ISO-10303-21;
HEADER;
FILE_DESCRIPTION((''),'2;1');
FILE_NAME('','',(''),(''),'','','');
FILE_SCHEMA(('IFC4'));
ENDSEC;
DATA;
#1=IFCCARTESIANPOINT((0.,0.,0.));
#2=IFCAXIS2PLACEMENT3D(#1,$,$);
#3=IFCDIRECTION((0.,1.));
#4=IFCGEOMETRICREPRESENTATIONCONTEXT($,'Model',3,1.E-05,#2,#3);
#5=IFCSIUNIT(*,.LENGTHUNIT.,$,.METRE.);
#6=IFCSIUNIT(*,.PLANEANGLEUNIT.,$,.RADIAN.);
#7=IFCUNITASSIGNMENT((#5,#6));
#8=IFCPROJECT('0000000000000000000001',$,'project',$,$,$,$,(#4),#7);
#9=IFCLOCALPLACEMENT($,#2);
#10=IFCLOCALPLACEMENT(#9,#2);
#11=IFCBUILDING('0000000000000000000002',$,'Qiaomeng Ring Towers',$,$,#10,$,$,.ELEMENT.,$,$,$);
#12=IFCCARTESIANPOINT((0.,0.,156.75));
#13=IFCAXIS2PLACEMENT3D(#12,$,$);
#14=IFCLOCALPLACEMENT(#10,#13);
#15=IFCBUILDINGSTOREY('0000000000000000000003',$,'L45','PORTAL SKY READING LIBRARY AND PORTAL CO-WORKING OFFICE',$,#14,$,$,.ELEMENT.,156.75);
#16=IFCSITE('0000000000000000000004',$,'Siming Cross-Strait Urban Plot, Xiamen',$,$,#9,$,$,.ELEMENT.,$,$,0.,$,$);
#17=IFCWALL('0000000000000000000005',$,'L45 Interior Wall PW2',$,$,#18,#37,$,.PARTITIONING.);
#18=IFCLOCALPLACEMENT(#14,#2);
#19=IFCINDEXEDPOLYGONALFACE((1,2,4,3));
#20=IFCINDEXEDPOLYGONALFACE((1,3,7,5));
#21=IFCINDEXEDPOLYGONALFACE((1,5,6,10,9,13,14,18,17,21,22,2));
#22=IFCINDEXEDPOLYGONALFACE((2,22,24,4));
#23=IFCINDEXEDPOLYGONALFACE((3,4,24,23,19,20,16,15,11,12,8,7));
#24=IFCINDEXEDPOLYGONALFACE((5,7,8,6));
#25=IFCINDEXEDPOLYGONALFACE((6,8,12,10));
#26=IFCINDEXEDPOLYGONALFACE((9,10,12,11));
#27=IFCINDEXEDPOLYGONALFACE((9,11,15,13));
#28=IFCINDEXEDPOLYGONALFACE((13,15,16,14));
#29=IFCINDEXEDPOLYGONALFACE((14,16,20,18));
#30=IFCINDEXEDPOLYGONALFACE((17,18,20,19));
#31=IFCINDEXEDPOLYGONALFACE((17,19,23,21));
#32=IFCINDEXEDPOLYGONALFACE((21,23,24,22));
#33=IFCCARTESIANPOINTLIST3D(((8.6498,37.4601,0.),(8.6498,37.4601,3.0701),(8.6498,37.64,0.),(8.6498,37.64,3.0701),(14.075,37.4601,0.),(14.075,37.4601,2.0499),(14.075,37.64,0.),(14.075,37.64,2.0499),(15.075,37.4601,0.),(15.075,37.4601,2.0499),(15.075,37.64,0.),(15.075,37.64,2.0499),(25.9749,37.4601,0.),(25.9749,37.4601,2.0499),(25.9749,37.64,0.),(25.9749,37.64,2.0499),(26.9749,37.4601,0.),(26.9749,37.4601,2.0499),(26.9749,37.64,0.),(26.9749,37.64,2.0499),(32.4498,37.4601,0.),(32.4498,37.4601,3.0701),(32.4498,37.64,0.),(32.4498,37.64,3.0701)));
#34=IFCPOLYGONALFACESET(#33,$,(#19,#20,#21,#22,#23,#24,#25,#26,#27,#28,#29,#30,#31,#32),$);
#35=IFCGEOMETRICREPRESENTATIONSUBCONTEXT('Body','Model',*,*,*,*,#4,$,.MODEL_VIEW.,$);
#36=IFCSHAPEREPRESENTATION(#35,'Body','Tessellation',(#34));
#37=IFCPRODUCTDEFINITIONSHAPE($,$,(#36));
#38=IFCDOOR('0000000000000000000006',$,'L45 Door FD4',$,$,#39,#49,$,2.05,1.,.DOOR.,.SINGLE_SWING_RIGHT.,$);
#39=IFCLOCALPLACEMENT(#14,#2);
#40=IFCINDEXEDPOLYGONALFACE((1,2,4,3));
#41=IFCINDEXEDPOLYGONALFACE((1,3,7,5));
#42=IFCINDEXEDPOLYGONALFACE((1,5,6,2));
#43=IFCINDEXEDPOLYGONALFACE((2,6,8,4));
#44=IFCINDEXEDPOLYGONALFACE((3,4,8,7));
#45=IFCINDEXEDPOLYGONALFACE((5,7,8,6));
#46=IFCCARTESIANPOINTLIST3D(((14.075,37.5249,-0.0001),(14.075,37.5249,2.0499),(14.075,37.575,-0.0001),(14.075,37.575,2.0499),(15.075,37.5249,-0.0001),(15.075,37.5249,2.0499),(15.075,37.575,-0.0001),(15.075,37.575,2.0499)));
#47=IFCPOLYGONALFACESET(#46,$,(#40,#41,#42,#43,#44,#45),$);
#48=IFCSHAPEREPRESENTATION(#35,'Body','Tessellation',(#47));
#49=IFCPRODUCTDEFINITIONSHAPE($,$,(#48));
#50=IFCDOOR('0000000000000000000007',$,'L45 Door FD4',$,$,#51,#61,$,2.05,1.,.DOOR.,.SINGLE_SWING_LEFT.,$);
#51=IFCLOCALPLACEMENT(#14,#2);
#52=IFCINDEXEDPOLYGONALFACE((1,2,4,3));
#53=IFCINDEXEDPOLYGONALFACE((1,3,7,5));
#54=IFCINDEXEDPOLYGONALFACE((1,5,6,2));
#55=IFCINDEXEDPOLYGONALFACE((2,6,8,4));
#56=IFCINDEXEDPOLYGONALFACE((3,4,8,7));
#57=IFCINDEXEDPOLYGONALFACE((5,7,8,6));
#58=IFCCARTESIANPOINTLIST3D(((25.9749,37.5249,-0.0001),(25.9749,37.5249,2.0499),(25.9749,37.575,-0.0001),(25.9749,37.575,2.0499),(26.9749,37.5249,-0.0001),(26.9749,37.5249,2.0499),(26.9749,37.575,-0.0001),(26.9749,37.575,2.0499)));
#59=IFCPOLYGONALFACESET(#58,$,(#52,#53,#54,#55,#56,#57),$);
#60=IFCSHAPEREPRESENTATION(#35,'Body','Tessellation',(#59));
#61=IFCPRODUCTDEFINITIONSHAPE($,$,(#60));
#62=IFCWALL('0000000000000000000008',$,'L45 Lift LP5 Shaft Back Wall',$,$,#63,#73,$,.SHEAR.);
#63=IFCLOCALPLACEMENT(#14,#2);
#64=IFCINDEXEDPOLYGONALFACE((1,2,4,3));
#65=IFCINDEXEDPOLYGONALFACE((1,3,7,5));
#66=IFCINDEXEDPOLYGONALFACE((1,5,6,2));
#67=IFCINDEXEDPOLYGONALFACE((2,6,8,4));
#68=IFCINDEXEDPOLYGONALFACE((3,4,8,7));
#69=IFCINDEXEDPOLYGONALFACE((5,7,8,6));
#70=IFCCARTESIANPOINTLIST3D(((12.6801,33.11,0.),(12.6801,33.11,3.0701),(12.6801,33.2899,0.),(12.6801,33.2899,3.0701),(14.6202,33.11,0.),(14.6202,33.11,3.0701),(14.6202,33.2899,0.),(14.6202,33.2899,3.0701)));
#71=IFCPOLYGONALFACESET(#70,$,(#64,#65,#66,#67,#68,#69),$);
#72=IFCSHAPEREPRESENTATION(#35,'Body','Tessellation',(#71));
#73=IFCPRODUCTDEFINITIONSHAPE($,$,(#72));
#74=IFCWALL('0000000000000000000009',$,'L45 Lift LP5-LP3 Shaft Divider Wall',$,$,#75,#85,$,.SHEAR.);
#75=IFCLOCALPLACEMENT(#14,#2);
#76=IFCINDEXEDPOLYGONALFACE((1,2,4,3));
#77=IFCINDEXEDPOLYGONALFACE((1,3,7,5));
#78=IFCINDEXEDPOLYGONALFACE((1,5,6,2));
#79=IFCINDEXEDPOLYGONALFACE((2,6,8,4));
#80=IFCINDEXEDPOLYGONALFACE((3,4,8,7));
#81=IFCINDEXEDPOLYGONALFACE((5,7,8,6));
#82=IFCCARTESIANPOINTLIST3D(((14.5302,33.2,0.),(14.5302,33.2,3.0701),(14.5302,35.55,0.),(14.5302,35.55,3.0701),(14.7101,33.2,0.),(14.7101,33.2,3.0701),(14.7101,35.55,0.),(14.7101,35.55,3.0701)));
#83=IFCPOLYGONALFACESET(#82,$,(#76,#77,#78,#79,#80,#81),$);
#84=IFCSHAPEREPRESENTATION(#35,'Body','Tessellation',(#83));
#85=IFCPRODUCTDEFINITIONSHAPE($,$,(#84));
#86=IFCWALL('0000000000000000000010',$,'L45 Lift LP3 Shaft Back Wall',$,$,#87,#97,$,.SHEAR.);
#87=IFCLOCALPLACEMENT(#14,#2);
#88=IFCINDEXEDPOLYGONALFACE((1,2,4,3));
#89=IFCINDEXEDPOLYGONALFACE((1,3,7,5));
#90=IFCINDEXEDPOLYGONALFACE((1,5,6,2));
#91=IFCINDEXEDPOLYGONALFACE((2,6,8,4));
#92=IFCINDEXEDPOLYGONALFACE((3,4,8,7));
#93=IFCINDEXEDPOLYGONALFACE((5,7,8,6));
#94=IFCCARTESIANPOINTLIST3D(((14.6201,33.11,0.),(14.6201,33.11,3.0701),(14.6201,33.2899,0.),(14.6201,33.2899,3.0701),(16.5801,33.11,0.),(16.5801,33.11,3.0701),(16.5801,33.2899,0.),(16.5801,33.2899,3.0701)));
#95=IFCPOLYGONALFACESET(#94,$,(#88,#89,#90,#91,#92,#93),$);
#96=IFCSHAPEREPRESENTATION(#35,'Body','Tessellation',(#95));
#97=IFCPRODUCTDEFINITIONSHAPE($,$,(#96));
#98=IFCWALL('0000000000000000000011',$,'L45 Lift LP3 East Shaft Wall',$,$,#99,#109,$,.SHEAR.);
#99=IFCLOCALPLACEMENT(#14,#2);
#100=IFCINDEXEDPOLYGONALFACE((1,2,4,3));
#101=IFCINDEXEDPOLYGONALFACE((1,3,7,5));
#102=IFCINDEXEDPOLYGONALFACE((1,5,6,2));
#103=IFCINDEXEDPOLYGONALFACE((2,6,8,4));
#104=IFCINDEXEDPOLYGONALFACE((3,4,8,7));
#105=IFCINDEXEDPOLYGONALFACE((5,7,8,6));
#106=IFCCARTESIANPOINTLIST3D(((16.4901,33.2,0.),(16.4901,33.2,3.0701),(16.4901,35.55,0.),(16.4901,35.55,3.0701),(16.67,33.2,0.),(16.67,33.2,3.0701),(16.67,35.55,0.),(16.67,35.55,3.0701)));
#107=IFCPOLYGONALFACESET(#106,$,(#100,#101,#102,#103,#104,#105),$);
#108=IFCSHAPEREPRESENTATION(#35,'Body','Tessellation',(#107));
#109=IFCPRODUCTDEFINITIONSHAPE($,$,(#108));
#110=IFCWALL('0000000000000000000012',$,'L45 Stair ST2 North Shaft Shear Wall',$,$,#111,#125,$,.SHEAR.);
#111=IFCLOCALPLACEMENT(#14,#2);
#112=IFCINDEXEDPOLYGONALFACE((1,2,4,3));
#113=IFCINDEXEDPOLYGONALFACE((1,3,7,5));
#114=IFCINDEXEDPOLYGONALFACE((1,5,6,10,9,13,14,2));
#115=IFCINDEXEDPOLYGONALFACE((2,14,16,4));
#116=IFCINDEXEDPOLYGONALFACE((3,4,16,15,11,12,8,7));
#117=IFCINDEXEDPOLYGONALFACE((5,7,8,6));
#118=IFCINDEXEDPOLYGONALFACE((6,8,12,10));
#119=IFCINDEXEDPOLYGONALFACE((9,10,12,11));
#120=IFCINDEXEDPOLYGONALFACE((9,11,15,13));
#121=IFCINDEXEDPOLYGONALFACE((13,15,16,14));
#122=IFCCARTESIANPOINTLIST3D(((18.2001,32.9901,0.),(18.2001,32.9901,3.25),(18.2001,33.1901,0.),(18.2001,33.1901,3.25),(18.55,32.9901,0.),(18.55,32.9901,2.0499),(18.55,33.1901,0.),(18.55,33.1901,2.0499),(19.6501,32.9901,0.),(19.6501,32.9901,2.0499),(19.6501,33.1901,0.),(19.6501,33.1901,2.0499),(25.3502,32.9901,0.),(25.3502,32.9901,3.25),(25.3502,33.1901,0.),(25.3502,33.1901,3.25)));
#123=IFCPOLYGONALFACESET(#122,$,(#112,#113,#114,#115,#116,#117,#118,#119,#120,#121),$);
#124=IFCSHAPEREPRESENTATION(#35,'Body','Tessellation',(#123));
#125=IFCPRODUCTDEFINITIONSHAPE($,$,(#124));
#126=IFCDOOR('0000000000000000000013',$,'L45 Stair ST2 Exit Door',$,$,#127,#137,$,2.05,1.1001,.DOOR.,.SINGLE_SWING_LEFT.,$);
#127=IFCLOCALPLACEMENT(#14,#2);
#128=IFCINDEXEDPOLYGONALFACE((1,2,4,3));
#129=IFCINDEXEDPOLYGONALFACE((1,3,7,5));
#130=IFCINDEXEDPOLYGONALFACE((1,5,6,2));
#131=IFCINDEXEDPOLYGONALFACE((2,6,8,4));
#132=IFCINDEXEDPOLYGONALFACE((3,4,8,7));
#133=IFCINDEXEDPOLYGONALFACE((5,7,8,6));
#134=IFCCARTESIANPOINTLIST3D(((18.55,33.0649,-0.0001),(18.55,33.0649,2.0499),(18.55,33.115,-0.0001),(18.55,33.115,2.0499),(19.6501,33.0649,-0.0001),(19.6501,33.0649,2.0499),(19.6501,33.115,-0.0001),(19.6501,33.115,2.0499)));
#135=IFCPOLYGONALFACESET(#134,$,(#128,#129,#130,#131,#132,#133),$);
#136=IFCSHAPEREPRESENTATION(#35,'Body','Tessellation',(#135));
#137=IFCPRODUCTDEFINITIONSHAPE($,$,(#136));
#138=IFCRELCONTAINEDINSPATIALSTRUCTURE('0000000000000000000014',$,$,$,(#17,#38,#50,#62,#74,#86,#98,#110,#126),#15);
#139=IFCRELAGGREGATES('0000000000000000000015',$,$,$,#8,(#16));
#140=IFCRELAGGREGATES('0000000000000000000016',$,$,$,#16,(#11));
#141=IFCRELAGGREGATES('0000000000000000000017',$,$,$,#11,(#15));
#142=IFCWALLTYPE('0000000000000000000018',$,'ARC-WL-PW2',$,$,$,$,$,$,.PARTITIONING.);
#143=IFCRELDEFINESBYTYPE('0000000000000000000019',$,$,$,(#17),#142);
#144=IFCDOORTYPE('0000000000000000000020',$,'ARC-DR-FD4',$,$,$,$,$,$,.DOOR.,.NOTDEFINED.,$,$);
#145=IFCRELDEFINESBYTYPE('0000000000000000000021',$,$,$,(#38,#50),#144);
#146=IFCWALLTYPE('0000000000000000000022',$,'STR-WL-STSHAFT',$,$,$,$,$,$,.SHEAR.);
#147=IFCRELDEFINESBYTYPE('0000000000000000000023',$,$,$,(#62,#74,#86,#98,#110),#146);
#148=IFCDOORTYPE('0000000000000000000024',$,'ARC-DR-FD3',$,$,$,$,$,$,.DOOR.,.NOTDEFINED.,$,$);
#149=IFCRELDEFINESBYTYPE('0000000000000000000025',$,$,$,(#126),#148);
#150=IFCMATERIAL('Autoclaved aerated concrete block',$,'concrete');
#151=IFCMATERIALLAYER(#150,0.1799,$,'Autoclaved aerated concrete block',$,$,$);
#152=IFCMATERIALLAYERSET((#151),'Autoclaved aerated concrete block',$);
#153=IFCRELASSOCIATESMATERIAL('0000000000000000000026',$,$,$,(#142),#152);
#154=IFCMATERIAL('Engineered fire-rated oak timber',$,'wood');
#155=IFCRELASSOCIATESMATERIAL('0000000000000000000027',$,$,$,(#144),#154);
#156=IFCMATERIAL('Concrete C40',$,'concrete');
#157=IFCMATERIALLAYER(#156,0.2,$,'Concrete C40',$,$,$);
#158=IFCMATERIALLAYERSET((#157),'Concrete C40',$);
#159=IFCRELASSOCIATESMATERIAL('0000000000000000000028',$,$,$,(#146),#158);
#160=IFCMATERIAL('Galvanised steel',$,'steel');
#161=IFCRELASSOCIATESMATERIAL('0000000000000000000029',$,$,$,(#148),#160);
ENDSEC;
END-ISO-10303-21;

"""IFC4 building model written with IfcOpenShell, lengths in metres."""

from ifc_helpers import new_model, si_unit, direction, frame, frame_2d, origin, place, context, subcontext, project, spatial, rectangle, extrude, source, transform, mapped, material, layer, layer_set, type_object, element, fill, save


model = new_model("IFC4")

# Units and contexts
model_context = context("Model", 3, precision=1e-05, world=origin(), true_north=direction((0.0, 1.0)))
body_context = subcontext(model_context, "Body", "Model", "MODEL_VIEW")
ifc_project = project(units=[si_unit("LENGTHUNIT", "METRE"), si_unit("PLANEANGLEUNIT", "RADIAN")], contexts=[model_context])

# Site, building, storey
site_placement = place(None, origin())
site = spatial("IfcSite", under=ifc_project, at=site_placement, Name="Siming Cross-Strait Urban Plot, Xiamen", CompositionType="ELEMENT", RefElevation=0.0)
building_placement = place(site_placement, origin())
building = spatial("IfcBuilding", under=site, at=building_placement, Name="Qiaomeng Ring Towers", CompositionType="ELEMENT")
storey_placement = place(building_placement, frame((0.0, 0.0, 156.75)))
storey = spatial("IfcBuildingStorey", under=building, at=storey_placement, Name="L45", Description="PORTAL SKY READING LIBRARY AND PORTAL CO-WORKING OFFICE", CompositionType="ELEMENT", Elevation=156.75)

# Shared definitions
ifc_material_1 = material(Name="Autoclaved aerated concrete block", Category="concrete")

# Wall, openings, doors
ifc_layer_1 = layer(ifc_material_1, 0.1799, Name="Autoclaved aerated concrete block")
ifc_layer_set_1 = layer_set([ifc_layer_1], Name="Autoclaved aerated concrete block")
wall_type_1 = type_object("IfcWallType", Name="ARC-WL-PW2", PredefinedType="PARTITIONING", material=ifc_layer_set_1)
wall_1_placement = place(storey_placement, frame((8.6499, 37.55, 0.0), z_axis=(0.0, 0.0, 1.0), x_axis=(1.0, 0.0, 0.0)))
wall_1 = element("IfcWall", 1, at=wall_1_placement, inside=storey, type_object=wall_type_1, Name="L45 Interior Wall PW2", PredefinedType="PARTITIONING", context=body_context, shape_type="SweptSolid", body=[
    extrude(rectangle(XDim=23.8, YDim=0.1799, at=frame_2d((11.8999, 0.0))), origin(), (0.0, 0.0, 1.0), 3.0701),
])
opening_1_placement = place(wall_1_placement, frame((5.425, 0.0, 0.0)))
opening_1 = element("IfcOpeningElement", 2, at=opening_1_placement, cuts=wall_1, PredefinedType="OPENING", context=body_context, shape_type="SweptSolid", body=[
    extrude(rectangle(XDim=1.0, YDim=2.05, at=frame_2d((0.5, 1.0249))), frame((0.0, 0.0999, 0.0), z_axis=(0.0, -1.0, 0.0), x_axis=(1.0, 0.0, 0.0)), (0.0, 0.0, 1.0), 0.2),
])
opening_2_placement = place(wall_1_placement, frame((17.325, 0.0, 0.0)))
opening_2 = element("IfcOpeningElement", 3, at=opening_2_placement, cuts=wall_1, PredefinedType="OPENING", context=body_context, shape_type="SweptSolid", body=[
    extrude(rectangle(XDim=1.0, YDim=2.05, at=frame_2d((0.5, 1.0249))), frame((0.0, 0.0999, 0.0), z_axis=(0.0, -1.0, 0.0), x_axis=(1.0, 0.0, 0.0)), (0.0, 0.0, 1.0), 0.2),
])
ifc_material_2 = material(Name="Engineered fire-rated oak timber", Category="wood")
door_type_1 = type_object("IfcDoorType", Name="ARC-DR-FD4", OperationType="NOTDEFINED", PredefinedType="DOOR", material=ifc_material_2)
shared_shape_1 = source(origin(), body_context, "Body", "SweptSolid", [
    extrude(rectangle(XDim=1.0, YDim=2.05, at=frame_2d((0.5, 1.0249))), frame((0.0, 0.0249, 0.0), z_axis=(0.0, -1.0, 0.0), x_axis=(1.0, 0.0, 0.0)), (0.0, 0.0, 1.0), 0.05),
])
door_1_placement = place(opening_1_placement, origin())
door_1 = element("IfcDoor", 4, at=door_1_placement, inside=storey, type_object=door_type_1, Name="L45 Door FD4", OperationType="SINGLE_SWING_RIGHT", OverallHeight=2.05, OverallWidth=1.0, PredefinedType="DOOR", context=body_context, shape_type="MappedRepresentation", body=[
    mapped(shared_shape_1, transform((0.0, 0.0, 0.0), x_axis=(1.0, 0.0, 0.0), y_axis=(0.0, 1.0, 0.0), z_axis=(0.0, 0.0, 1.0), scale=1.0)),
])
fill(opening_1, door_1)
door_2_placement = place(opening_2_placement, origin())
door_2 = element("IfcDoor", 5, at=door_2_placement, inside=storey, type_object=door_type_1, Name="L45 Door FD4", OperationType="SINGLE_SWING_LEFT", OverallHeight=2.05, OverallWidth=1.0, PredefinedType="DOOR", context=body_context, shape_type="MappedRepresentation", body=[
    mapped(shared_shape_1, transform((0.0, 0.0, 0.0), x_axis=(1.0, 0.0, 0.0), y_axis=(0.0, 1.0, 0.0), z_axis=(0.0, 0.0, 1.0), scale=1.0)),
])
fill(opening_2, door_2)

# Walls
ifc_material_3 = material(Name="Concrete C40", Category="concrete")
ifc_layer_2 = layer(ifc_material_3, 0.2, Name="Concrete C40")
ifc_layer_set_2 = layer_set([ifc_layer_2], Name="Concrete C40")
wall_type_2 = type_object("IfcWallType", Name="STR-WL-STSHAFT", PredefinedType="SHEAR", material=ifc_layer_set_2)
wall_2_placement = place(storey_placement, frame((12.6799, 33.2, 0.0), z_axis=(0.0, 0.0, 1.0), x_axis=(1.0, 0.0, 0.0)))
element("IfcWall", 6, at=wall_2_placement, inside=storey, type_object=wall_type_2, Name="L45 Lift LP5 Shaft Back Wall", PredefinedType="SHEAR", context=body_context, shape_type="SweptSolid", body=[
    extrude(rectangle(XDim=1.9402, YDim=0.1799, at=frame_2d((0.9702, 0.0))), origin(), (0.0, 0.0, 1.0), 3.0701),
])
wall_3_placement = place(storey_placement, frame((14.6201, 33.2, 0.0), z_axis=(0.0, 0.0, 1.0), x_axis=(0.0, 1.0, 0.0)))
element("IfcWall", 7, at=wall_3_placement, inside=storey, type_object=wall_type_2, Name="L45 Lift LP5-LP3 Shaft Divider Wall", PredefinedType="SHEAR", context=body_context, shape_type="SweptSolid", body=[
    extrude(rectangle(XDim=2.3501, YDim=0.1799, at=frame_2d((1.175, 0.0))), origin(), (0.0, 0.0, 1.0), 3.0701),
])
wall_4_placement = place(storey_placement, frame((14.6201, 33.2, 0.0), z_axis=(0.0, 0.0, 1.0), x_axis=(1.0, 0.0, 0.0)))
element("IfcWall", 8, at=wall_4_placement, inside=storey, type_object=wall_type_2, Name="L45 Lift LP3 Shaft Back Wall", PredefinedType="SHEAR", context=body_context, shape_type="SweptSolid", body=[
    extrude(rectangle(XDim=1.96, YDim=0.1799, at=frame_2d((0.98, 0.0))), origin(), (0.0, 0.0, 1.0), 3.0701),
])
wall_5_placement = place(storey_placement, frame((16.5801, 33.2, 0.0), z_axis=(0.0, 0.0, 1.0), x_axis=(0.0, 1.0, 0.0)))
element("IfcWall", 9, at=wall_5_placement, inside=storey, type_object=wall_type_2, Name="L45 Lift LP3 East Shaft Wall", PredefinedType="SHEAR", context=body_context, shape_type="SweptSolid", body=[
    extrude(rectangle(XDim=2.3501, YDim=0.1799, at=frame_2d((1.175, 0.0))), origin(), (0.0, 0.0, 1.0), 3.0701),
])

# Wall, opening, door
wall_6_placement = place(storey_placement, frame((18.2, 33.0901, 0.0), z_axis=(0.0, 0.0, 1.0), x_axis=(1.0, 0.0, 0.0)))
wall_6 = element("IfcWall", 10, at=wall_6_placement, inside=storey, type_object=wall_type_2, Name="L45 Stair ST2 North Shaft Shear Wall", PredefinedType="SHEAR", context=body_context, shape_type="SweptSolid", body=[
    extrude(rectangle(XDim=7.1501, YDim=0.2, at=frame_2d((3.5752, 0.0))), origin(), (0.0, 0.0, 1.0), 3.25),
])
opening_3_placement = place(wall_6_placement, frame((0.3501, 0.0, 0.0)))
opening_3 = element("IfcOpeningElement", 11, at=opening_3_placement, cuts=wall_6, PredefinedType="OPENING", context=body_context, shape_type="SweptSolid", body=[
    extrude(rectangle(XDim=1.1001, YDim=2.05, at=frame_2d((0.55, 1.0249))), frame((0.0, 0.1099, 0.0), z_axis=(0.0, -1.0, 0.0), x_axis=(1.0, 0.0, 0.0)), (0.0, 0.0, 1.0), 0.22),
])
ifc_material_4 = material(Name="Galvanised steel", Category="steel")
door_type_2 = type_object("IfcDoorType", Name="ARC-DR-FD3", OperationType="NOTDEFINED", PredefinedType="DOOR", material=ifc_material_4)
shared_shape_2 = source(origin(), body_context, "Body", "SweptSolid", [
    extrude(rectangle(XDim=1.1001, YDim=2.05, at=frame_2d((0.55, 1.0249))), frame((0.0, 0.0249, 0.0), z_axis=(0.0, -1.0, 0.0), x_axis=(1.0, 0.0, 0.0)), (0.0, 0.0, 1.0), 0.05),
])
door_3_placement = place(opening_3_placement, origin())
door_3 = element("IfcDoor", 12, at=door_3_placement, inside=storey, type_object=door_type_2, Name="L45 Stair ST2 Exit Door", OperationType="SINGLE_SWING_LEFT", OverallHeight=2.05, OverallWidth=1.1001, PredefinedType="DOOR", context=body_context, shape_type="MappedRepresentation", body=[
    mapped(shared_shape_2, transform((0.0, 0.0, 0.0), x_axis=(1.0, 0.0, 0.0), y_axis=(0.0, 1.0, 0.0), z_axis=(0.0, 0.0, 1.0), scale=1.0)),
])
fill(opening_3, door_3)

save(model, "model.ifc")
